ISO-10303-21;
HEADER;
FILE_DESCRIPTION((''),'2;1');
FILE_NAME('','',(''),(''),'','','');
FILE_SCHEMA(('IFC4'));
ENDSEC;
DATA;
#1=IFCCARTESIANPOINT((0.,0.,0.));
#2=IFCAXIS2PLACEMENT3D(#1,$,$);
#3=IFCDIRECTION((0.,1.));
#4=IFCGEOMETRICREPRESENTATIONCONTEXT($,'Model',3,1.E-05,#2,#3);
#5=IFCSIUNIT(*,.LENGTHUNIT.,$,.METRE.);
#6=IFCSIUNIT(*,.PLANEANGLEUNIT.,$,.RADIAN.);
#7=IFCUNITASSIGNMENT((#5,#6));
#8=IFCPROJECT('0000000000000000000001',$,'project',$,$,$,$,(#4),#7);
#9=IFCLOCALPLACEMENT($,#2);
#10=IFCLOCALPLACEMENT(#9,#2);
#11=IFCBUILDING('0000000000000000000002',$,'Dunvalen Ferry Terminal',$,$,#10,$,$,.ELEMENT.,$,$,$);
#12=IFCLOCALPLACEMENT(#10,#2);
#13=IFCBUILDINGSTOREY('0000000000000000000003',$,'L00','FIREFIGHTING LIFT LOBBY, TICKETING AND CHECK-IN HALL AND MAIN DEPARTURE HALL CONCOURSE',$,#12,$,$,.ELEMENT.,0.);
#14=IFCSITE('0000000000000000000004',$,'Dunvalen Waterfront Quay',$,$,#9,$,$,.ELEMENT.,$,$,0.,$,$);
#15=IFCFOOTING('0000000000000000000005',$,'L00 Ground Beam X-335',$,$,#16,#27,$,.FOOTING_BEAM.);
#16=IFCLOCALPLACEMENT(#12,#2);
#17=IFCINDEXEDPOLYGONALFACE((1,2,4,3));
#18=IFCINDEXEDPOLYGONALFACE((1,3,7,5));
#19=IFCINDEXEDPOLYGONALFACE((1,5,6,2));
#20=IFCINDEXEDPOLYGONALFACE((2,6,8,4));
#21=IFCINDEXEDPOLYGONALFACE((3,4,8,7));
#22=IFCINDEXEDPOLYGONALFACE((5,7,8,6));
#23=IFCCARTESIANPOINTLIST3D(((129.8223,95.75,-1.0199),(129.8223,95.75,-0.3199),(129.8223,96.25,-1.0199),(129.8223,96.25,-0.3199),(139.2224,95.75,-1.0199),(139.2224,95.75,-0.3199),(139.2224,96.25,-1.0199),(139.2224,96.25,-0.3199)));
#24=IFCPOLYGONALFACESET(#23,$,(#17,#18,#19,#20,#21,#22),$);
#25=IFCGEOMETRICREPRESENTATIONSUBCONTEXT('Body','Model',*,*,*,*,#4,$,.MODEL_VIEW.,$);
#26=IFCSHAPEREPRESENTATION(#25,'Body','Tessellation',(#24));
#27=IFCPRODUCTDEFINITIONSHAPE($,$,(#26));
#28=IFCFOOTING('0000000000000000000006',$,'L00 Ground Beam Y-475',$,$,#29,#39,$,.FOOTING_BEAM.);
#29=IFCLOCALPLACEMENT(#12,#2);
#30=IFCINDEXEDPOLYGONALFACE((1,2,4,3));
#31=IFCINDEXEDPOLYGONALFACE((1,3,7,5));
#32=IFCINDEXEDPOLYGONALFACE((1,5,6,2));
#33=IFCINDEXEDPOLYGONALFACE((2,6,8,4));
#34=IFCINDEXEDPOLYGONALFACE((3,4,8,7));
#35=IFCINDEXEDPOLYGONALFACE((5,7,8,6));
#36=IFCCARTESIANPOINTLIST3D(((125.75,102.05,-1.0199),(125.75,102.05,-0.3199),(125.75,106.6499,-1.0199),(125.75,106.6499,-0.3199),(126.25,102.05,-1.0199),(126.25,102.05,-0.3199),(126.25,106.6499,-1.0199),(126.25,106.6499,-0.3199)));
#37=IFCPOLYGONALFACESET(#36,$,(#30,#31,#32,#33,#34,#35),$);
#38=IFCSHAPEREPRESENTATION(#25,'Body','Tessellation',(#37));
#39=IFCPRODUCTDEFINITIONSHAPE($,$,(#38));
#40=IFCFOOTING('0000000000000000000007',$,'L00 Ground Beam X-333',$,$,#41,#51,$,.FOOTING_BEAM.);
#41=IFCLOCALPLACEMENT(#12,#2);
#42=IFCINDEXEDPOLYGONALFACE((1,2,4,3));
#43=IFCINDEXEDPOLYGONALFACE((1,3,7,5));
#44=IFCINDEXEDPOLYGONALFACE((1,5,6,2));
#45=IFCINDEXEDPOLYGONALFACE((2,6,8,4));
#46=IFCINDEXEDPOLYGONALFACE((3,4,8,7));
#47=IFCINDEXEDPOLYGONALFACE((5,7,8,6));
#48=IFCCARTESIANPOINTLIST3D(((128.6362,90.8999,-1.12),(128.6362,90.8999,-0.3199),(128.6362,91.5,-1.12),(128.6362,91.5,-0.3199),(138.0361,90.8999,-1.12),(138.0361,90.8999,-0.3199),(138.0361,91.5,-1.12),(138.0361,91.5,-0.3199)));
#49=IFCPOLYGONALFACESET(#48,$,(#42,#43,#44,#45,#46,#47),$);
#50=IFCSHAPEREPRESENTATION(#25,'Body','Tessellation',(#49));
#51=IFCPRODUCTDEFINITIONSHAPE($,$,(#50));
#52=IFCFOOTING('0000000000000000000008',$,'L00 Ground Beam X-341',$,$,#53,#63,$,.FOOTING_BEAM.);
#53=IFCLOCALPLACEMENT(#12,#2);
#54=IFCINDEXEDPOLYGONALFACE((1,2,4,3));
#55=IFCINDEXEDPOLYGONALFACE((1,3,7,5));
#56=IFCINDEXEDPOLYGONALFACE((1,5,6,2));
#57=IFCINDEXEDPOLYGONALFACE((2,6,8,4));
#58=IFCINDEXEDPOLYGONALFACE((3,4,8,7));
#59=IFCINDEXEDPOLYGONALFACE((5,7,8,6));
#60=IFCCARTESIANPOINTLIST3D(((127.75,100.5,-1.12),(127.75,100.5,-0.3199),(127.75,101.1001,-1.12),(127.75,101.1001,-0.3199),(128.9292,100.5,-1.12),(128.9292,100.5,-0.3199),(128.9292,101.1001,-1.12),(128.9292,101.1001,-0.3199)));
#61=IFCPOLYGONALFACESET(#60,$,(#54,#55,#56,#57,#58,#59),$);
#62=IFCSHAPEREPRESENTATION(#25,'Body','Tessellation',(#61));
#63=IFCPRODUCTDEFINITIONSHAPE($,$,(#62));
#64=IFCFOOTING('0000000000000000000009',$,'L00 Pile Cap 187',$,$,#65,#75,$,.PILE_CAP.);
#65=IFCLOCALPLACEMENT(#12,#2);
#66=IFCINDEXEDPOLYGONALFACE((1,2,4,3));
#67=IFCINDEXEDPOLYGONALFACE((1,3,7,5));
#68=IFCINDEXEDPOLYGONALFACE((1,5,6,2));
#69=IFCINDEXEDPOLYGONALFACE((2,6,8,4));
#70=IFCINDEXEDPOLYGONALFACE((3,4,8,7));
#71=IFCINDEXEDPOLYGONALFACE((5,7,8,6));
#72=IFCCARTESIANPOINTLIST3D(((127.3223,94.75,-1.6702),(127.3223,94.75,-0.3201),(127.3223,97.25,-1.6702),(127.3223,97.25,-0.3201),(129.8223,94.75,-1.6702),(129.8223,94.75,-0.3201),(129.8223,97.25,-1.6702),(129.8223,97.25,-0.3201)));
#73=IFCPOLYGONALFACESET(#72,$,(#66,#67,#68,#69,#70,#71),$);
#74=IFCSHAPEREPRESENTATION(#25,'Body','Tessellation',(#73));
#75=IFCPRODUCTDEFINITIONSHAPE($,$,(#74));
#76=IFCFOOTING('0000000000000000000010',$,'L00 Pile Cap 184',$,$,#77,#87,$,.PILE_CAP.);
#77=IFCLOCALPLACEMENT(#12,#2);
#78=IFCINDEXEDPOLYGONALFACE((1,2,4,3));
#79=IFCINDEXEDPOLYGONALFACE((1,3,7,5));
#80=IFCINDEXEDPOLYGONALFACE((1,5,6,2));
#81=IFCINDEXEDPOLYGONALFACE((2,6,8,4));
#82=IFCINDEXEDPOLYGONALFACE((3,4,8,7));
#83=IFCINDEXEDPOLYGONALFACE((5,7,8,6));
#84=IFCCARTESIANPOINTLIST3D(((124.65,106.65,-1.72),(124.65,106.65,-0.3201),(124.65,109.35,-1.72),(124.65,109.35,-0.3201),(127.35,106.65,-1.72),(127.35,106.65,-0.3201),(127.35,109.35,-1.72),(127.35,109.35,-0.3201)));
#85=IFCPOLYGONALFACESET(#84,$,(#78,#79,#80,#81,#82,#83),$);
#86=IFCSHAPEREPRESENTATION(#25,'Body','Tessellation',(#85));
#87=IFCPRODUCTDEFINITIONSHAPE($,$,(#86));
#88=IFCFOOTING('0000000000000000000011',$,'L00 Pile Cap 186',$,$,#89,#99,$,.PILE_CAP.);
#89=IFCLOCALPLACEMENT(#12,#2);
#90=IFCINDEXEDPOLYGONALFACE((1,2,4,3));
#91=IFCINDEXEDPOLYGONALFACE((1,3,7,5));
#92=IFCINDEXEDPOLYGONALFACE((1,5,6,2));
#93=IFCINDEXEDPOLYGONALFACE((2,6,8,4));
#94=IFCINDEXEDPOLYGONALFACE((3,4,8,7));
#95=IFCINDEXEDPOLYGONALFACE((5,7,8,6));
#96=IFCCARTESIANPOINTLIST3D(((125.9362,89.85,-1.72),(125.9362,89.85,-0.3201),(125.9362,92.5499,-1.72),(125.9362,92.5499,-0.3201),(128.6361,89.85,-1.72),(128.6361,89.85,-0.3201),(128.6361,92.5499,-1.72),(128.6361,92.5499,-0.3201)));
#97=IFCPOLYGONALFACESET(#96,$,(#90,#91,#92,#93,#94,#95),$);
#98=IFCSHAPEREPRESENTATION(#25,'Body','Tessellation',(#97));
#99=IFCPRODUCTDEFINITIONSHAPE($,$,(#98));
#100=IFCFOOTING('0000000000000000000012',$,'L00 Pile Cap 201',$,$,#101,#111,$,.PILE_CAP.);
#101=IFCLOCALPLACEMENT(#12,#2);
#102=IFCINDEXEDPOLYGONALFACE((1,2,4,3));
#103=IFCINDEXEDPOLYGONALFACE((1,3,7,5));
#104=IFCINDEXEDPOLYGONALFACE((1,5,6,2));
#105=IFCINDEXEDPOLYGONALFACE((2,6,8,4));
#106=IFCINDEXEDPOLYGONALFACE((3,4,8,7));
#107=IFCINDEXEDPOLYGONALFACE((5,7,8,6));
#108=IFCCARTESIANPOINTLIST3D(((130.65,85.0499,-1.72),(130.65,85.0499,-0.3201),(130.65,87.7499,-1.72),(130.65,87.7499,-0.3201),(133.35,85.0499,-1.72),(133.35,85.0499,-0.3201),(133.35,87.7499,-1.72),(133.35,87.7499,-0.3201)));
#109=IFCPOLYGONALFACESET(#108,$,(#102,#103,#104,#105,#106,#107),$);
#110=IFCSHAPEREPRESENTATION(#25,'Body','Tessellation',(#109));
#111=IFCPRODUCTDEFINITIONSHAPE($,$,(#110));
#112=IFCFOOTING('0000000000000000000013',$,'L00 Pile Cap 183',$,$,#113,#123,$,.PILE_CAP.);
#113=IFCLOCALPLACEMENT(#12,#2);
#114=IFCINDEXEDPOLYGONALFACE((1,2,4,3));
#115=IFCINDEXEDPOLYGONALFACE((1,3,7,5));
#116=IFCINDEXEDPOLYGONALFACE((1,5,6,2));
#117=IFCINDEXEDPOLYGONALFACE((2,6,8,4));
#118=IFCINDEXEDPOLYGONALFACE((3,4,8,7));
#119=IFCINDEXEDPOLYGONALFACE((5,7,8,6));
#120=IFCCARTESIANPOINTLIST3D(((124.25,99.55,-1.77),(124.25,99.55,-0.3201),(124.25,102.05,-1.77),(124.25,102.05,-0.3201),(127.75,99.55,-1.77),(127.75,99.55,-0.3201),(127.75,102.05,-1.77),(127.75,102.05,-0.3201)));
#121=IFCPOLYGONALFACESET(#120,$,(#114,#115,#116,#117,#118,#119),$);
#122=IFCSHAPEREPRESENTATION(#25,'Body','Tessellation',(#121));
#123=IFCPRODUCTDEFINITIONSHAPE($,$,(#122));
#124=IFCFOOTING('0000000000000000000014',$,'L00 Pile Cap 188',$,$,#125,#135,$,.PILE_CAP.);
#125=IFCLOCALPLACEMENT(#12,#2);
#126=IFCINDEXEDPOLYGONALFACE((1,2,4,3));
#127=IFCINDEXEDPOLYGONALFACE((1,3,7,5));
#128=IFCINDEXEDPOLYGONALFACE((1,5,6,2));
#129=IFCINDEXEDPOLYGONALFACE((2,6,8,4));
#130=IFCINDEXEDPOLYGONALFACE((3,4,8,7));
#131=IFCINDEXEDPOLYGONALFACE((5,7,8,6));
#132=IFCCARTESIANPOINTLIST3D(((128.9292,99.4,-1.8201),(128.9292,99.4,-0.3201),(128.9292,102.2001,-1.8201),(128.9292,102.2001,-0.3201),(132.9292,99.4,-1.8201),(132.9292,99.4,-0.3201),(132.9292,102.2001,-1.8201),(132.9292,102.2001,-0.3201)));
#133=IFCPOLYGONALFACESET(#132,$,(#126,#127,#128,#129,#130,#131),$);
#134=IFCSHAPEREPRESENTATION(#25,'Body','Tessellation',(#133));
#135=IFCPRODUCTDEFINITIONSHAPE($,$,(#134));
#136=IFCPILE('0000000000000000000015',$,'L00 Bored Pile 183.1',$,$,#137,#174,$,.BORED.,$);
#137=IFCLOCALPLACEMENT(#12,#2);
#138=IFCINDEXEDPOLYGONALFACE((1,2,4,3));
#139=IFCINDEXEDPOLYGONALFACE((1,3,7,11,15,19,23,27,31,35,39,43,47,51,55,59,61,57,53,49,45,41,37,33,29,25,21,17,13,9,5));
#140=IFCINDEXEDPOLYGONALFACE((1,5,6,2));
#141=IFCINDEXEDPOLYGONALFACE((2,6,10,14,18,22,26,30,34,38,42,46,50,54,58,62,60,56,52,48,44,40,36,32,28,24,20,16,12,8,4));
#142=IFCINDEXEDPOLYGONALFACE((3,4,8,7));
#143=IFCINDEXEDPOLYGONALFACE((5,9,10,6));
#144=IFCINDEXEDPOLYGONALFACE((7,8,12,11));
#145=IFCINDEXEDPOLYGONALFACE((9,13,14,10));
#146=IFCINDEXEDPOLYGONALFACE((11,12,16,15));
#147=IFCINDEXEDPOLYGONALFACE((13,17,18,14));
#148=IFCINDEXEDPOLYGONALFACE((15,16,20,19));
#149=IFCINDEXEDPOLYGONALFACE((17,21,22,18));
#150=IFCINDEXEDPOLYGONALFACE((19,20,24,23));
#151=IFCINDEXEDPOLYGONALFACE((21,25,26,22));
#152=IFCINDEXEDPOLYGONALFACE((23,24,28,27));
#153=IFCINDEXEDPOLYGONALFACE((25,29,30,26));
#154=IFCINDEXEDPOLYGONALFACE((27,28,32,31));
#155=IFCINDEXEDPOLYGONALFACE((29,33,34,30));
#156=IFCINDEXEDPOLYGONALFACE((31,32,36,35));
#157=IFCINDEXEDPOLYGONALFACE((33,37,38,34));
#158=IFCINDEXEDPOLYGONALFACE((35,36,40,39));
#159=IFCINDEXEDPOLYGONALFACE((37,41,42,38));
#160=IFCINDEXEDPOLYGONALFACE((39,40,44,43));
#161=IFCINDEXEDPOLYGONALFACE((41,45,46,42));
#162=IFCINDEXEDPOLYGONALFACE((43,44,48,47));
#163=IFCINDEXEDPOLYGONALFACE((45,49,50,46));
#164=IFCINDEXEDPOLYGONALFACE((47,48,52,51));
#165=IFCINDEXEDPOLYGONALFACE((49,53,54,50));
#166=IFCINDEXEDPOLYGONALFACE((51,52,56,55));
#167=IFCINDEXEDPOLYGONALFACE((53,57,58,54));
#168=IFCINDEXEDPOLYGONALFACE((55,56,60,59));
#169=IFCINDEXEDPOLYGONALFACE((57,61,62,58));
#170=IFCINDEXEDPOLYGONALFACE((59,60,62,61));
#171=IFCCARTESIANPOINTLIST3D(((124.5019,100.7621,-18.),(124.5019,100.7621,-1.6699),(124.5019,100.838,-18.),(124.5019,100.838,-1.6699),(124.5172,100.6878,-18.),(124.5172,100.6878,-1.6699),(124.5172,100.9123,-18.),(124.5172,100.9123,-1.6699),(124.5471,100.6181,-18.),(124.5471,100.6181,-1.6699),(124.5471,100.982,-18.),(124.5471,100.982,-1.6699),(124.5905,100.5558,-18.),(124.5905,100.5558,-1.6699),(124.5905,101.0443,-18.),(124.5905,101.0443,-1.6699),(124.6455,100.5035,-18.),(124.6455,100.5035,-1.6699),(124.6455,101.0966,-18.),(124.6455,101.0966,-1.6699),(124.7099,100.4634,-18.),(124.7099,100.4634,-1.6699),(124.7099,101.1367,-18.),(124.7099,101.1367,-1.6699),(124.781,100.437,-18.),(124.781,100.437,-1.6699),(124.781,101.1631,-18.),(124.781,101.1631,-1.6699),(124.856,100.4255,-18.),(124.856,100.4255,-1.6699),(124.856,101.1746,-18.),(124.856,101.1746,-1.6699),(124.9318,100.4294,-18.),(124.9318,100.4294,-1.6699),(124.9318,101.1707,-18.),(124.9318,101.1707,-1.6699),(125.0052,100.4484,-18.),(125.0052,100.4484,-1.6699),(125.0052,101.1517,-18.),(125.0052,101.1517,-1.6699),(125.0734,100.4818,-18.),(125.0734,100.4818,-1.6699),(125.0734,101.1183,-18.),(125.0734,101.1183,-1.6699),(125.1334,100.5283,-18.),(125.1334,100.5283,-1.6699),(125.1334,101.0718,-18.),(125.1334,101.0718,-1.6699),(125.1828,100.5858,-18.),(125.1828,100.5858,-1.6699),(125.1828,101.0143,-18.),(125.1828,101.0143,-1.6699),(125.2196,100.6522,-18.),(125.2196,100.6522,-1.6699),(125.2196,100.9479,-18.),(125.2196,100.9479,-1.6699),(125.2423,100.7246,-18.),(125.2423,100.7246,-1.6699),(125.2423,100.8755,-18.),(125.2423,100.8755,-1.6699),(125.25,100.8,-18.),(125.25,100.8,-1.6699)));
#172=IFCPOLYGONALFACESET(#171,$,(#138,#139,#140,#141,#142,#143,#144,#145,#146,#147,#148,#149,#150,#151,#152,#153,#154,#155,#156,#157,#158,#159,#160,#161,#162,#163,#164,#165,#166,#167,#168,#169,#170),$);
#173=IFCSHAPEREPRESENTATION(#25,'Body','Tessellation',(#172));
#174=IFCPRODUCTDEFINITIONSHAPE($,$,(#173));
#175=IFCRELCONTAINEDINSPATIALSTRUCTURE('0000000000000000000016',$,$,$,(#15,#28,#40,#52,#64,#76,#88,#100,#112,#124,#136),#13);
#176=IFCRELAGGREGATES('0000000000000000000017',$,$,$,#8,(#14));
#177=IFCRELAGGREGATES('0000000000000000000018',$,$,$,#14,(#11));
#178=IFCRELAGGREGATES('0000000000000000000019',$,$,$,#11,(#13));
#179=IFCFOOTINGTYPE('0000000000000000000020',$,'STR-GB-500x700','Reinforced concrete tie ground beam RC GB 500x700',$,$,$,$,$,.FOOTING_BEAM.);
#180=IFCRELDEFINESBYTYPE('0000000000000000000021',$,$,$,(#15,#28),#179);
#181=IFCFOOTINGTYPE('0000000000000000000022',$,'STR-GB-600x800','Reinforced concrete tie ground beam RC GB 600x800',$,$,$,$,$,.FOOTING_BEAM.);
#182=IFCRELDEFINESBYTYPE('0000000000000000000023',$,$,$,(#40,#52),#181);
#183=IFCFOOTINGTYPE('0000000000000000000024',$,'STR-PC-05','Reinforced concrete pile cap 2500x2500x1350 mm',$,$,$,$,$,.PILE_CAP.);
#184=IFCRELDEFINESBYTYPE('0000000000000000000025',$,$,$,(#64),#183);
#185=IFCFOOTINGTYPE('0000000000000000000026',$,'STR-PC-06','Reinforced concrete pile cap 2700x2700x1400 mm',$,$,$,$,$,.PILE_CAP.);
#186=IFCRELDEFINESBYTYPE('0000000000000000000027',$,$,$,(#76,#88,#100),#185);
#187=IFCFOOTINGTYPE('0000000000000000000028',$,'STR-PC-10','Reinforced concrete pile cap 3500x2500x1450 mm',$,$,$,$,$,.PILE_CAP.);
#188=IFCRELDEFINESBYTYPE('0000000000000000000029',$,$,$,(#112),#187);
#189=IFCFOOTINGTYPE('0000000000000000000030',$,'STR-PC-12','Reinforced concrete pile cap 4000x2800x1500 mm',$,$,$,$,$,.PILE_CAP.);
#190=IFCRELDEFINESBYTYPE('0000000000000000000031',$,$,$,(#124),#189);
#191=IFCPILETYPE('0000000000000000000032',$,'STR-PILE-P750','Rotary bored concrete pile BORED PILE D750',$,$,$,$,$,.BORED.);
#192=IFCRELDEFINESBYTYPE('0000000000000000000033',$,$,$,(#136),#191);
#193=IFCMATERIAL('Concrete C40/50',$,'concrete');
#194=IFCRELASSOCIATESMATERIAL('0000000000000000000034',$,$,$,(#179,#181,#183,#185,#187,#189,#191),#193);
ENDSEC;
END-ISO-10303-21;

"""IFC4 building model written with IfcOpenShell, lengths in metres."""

from ifc_helpers import new_model, si_unit, direction, frame, origin, origin_2d, place, context, subcontext, project, spatial, rectangle, circle, extrude, material, material_profile, profile_set, type_object, element, save


model = new_model("IFC4")

# Units and contexts
model_context = context("Model", 3, precision=1e-05, world=origin(), true_north=direction((0.0, 1.0)))
body_context = subcontext(model_context, "Body", "Model", "MODEL_VIEW")
ifc_project = project(units=[si_unit("LENGTHUNIT", "METRE"), si_unit("PLANEANGLEUNIT", "RADIAN")], contexts=[model_context])

# Site, building, storey
site_placement = place(None, origin())
site = spatial("IfcSite", under=ifc_project, at=site_placement, Name="Dunvalen Waterfront Quay", CompositionType="ELEMENT", RefElevation=0.0)
building_placement = place(site_placement, origin())
building = spatial("IfcBuilding", under=site, at=building_placement, Name="Dunvalen Ferry Terminal", CompositionType="ELEMENT")
storey_placement = place(building_placement, origin())
storey = spatial("IfcBuildingStorey", under=building, at=storey_placement, Name="L00", Description="FIREFIGHTING LIFT LOBBY, TICKETING AND CHECK-IN HALL AND MAIN DEPARTURE HALL CONCOURSE", CompositionType="ELEMENT", Elevation=0.0)

# Footings
ifc_material_1 = material(Name="Concrete C40/50", Category="concrete")
ifc_material_profile_1 = material_profile(ifc_material_1, rectangle(XDim=0.5, YDim=0.7, at=origin_2d()), Name="Concrete C40/50")
ifc_profile_set_1 = profile_set([ifc_material_profile_1], Name="Concrete C40/50")
footing_type_1 = type_object("IfcFootingType", Name="STR-GB-500x700", Description="Reinforced concrete tie ground beam RC GB 500x700", PredefinedType="FOOTING_BEAM", material=ifc_profile_set_1)
footing_1_placement = place(storey_placement, frame((129.8223, 96.0, -0.6699), z_axis=(1.0, 0.0, 0.0), x_axis=(0.0, 1.0, 0.0)))
element("IfcFooting", 1, at=footing_1_placement, inside=storey, type_object=footing_type_1, Name="L00 Ground Beam X-335", PredefinedType="FOOTING_BEAM", context=body_context, shape_type="SweptSolid", body=[
    extrude(rectangle(XDim=0.5, YDim=0.7, at=origin_2d()), origin(), (0.0, 0.0, 1.0), 9.4001),
])
footing_2_placement = place(storey_placement, frame((126.0, 102.05, -0.6699), z_axis=(0.0, 1.0, 0.0), x_axis=(-1.0, 0.0, 0.0)))
element("IfcFooting", 2, at=footing_2_placement, inside=storey, type_object=footing_type_1, Name="L00 Ground Beam Y-475", PredefinedType="FOOTING_BEAM", context=body_context, shape_type="SweptSolid", body=[
    extrude(rectangle(XDim=0.5, YDim=0.7, at=origin_2d()), origin(), (0.0, 0.0, 1.0), 4.5999),
])
ifc_material_profile_2 = material_profile(ifc_material_1, rectangle(XDim=0.6001, YDim=0.8, at=origin_2d()), Name="Concrete C40/50")
ifc_profile_set_2 = profile_set([ifc_material_profile_2], Name="Concrete C40/50")
footing_type_2 = type_object("IfcFootingType", Name="STR-GB-600x800", Description="Reinforced concrete tie ground beam RC GB 600x800", PredefinedType="FOOTING_BEAM", material=ifc_profile_set_2)
footing_3_placement = place(storey_placement, frame((128.6362, 91.2, -0.72), z_axis=(1.0, 0.0, 0.0), x_axis=(0.0, 1.0, 0.0)))
element("IfcFooting", 3, at=footing_3_placement, inside=storey, type_object=footing_type_2, Name="L00 Ground Beam X-333", PredefinedType="FOOTING_BEAM", context=body_context, shape_type="SweptSolid", body=[
    extrude(rectangle(XDim=0.6001, YDim=0.8, at=origin_2d()), origin(), (0.0, 0.0, 1.0), 9.3999),
])
footing_4_placement = place(storey_placement, frame((127.75, 100.8, -0.72), z_axis=(1.0, 0.0, 0.0), x_axis=(0.0, 1.0, 0.0)))
element("IfcFooting", 4, at=footing_4_placement, inside=storey, type_object=footing_type_2, Name="L00 Ground Beam X-341", PredefinedType="FOOTING_BEAM", context=body_context, shape_type="SweptSolid", body=[
    extrude(rectangle(XDim=0.6001, YDim=0.8, at=origin_2d()), origin(), (0.0, 0.0, 1.0), 1.1792),
])
footing_type_3 = type_object("IfcFootingType", Name="STR-PC-05", Description="Reinforced concrete pile cap 2500x2500x1350 mm", PredefinedType="PILE_CAP", material=ifc_material_1)
footing_5_placement = place(storey_placement, frame((128.5723, 96.0, -1.6702), z_axis=(0.0, 0.0, 1.0), x_axis=(1.0, 0.0, 0.0)))
element("IfcFooting", 5, at=footing_5_placement, inside=storey, type_object=footing_type_3, Name="L00 Pile Cap 187", PredefinedType="PILE_CAP", context=body_context, shape_type="SweptSolid", body=[
    extrude(rectangle(XDim=2.5, YDim=2.5, at=origin_2d()), origin(), (0.0, 0.0, 1.0), 1.3501),
])
footing_type_4 = type_object("IfcFootingType", Name="STR-PC-06", Description="Reinforced concrete pile cap 2700x2700x1400 mm", PredefinedType="PILE_CAP", material=ifc_material_1)
for number, where, z_axis, x_axis, name in (
    (6, (126.0, 108.0, -1.72), (0.0, 0.0, 1.0), (1.0, 0.0, 0.0), "L00 Pile Cap 184"),
    (7, (127.2861, 91.2, -1.72), (0.0, 0.0, 1.0), (1.0, 0.0, 0.0), "L00 Pile Cap 186"),
    (8, (132.0, 86.3999, -1.72), (0.0, 0.0, 1.0), (1.0, 0.0, 0.0), "L00 Pile Cap 201"),
):
    element("IfcFooting", number, at=place(storey_placement, frame(where, z_axis=z_axis, x_axis=x_axis)), inside=storey, type_object=footing_type_4, Name=name, PredefinedType="PILE_CAP", context=body_context, shape_type="SweptSolid", body=[
        extrude(rectangle(XDim=2.7, YDim=2.7, at=origin_2d()), origin(), (0.0, 0.0, 1.0), 1.3999),
    ])
footing_type_5 = type_object("IfcFootingType", Name="STR-PC-10", Description="Reinforced concrete pile cap 3500x2500x1450 mm", PredefinedType="PILE_CAP", material=ifc_material_1)
footing_6_placement = place(storey_placement, frame((126.0, 100.8, -1.77), z_axis=(0.0, 0.0, 1.0), x_axis=(1.0, 0.0, 0.0)))
element("IfcFooting", 9, at=footing_6_placement, inside=storey, type_object=footing_type_5, Name="L00 Pile Cap 183", PredefinedType="PILE_CAP", context=body_context, shape_type="SweptSolid", body=[
    extrude(rectangle(XDim=3.5, YDim=2.5, at=origin_2d()), origin(), (0.0, 0.0, 1.0), 1.45),
])
footing_type_6 = type_object("IfcFootingType", Name="STR-PC-12", Description="Reinforced concrete pile cap 4000x2800x1500 mm", PredefinedType="PILE_CAP", material=ifc_material_1)
footing_7_placement = place(storey_placement, frame((130.9292, 100.8, -1.8201), z_axis=(0.0, 0.0, 1.0), x_axis=(1.0, 0.0, 0.0)))
element("IfcFooting", 10, at=footing_7_placement, inside=storey, type_object=footing_type_6, Name="L00 Pile Cap 188", PredefinedType="PILE_CAP", context=body_context, shape_type="SweptSolid", body=[
    extrude(rectangle(XDim=4.0, YDim=2.8, at=origin_2d()), origin(), (0.0, 0.0, 1.0), 1.5),
])

# Pile
ifc_material_profile_3 = material_profile(ifc_material_1, circle(Radius=0.375, at=origin_2d()), Name="Concrete C40/50")
ifc_profile_set_3 = profile_set([ifc_material_profile_3], Name="Concrete C40/50")
pile_type = type_object("IfcPileType", Name="STR-PILE-P750", Description="Rotary bored concrete pile BORED PILE D750", PredefinedType="BORED", material=ifc_profile_set_3)
for number, where, z_axis, x_axis, name in (
    (11, (124.875, 100.8, -1.6699), (0.0, 0.0, -1.0), (1.0, 0.0, 0.0), "L00 Bored Pile 183.1"),
):
    element("IfcPile", number, at=place(storey_placement, frame(where, z_axis=z_axis, x_axis=x_axis)), inside=storey, type_object=pile_type, Name=name, PredefinedType="BORED", context=body_context, shape_type="SweptSolid", body=[
        extrude(circle(Radius=0.375, at=origin_2d()), origin(), (0.0, 0.0, 1.0), 16.3301),
    ])

save(model, "model.ifc")
